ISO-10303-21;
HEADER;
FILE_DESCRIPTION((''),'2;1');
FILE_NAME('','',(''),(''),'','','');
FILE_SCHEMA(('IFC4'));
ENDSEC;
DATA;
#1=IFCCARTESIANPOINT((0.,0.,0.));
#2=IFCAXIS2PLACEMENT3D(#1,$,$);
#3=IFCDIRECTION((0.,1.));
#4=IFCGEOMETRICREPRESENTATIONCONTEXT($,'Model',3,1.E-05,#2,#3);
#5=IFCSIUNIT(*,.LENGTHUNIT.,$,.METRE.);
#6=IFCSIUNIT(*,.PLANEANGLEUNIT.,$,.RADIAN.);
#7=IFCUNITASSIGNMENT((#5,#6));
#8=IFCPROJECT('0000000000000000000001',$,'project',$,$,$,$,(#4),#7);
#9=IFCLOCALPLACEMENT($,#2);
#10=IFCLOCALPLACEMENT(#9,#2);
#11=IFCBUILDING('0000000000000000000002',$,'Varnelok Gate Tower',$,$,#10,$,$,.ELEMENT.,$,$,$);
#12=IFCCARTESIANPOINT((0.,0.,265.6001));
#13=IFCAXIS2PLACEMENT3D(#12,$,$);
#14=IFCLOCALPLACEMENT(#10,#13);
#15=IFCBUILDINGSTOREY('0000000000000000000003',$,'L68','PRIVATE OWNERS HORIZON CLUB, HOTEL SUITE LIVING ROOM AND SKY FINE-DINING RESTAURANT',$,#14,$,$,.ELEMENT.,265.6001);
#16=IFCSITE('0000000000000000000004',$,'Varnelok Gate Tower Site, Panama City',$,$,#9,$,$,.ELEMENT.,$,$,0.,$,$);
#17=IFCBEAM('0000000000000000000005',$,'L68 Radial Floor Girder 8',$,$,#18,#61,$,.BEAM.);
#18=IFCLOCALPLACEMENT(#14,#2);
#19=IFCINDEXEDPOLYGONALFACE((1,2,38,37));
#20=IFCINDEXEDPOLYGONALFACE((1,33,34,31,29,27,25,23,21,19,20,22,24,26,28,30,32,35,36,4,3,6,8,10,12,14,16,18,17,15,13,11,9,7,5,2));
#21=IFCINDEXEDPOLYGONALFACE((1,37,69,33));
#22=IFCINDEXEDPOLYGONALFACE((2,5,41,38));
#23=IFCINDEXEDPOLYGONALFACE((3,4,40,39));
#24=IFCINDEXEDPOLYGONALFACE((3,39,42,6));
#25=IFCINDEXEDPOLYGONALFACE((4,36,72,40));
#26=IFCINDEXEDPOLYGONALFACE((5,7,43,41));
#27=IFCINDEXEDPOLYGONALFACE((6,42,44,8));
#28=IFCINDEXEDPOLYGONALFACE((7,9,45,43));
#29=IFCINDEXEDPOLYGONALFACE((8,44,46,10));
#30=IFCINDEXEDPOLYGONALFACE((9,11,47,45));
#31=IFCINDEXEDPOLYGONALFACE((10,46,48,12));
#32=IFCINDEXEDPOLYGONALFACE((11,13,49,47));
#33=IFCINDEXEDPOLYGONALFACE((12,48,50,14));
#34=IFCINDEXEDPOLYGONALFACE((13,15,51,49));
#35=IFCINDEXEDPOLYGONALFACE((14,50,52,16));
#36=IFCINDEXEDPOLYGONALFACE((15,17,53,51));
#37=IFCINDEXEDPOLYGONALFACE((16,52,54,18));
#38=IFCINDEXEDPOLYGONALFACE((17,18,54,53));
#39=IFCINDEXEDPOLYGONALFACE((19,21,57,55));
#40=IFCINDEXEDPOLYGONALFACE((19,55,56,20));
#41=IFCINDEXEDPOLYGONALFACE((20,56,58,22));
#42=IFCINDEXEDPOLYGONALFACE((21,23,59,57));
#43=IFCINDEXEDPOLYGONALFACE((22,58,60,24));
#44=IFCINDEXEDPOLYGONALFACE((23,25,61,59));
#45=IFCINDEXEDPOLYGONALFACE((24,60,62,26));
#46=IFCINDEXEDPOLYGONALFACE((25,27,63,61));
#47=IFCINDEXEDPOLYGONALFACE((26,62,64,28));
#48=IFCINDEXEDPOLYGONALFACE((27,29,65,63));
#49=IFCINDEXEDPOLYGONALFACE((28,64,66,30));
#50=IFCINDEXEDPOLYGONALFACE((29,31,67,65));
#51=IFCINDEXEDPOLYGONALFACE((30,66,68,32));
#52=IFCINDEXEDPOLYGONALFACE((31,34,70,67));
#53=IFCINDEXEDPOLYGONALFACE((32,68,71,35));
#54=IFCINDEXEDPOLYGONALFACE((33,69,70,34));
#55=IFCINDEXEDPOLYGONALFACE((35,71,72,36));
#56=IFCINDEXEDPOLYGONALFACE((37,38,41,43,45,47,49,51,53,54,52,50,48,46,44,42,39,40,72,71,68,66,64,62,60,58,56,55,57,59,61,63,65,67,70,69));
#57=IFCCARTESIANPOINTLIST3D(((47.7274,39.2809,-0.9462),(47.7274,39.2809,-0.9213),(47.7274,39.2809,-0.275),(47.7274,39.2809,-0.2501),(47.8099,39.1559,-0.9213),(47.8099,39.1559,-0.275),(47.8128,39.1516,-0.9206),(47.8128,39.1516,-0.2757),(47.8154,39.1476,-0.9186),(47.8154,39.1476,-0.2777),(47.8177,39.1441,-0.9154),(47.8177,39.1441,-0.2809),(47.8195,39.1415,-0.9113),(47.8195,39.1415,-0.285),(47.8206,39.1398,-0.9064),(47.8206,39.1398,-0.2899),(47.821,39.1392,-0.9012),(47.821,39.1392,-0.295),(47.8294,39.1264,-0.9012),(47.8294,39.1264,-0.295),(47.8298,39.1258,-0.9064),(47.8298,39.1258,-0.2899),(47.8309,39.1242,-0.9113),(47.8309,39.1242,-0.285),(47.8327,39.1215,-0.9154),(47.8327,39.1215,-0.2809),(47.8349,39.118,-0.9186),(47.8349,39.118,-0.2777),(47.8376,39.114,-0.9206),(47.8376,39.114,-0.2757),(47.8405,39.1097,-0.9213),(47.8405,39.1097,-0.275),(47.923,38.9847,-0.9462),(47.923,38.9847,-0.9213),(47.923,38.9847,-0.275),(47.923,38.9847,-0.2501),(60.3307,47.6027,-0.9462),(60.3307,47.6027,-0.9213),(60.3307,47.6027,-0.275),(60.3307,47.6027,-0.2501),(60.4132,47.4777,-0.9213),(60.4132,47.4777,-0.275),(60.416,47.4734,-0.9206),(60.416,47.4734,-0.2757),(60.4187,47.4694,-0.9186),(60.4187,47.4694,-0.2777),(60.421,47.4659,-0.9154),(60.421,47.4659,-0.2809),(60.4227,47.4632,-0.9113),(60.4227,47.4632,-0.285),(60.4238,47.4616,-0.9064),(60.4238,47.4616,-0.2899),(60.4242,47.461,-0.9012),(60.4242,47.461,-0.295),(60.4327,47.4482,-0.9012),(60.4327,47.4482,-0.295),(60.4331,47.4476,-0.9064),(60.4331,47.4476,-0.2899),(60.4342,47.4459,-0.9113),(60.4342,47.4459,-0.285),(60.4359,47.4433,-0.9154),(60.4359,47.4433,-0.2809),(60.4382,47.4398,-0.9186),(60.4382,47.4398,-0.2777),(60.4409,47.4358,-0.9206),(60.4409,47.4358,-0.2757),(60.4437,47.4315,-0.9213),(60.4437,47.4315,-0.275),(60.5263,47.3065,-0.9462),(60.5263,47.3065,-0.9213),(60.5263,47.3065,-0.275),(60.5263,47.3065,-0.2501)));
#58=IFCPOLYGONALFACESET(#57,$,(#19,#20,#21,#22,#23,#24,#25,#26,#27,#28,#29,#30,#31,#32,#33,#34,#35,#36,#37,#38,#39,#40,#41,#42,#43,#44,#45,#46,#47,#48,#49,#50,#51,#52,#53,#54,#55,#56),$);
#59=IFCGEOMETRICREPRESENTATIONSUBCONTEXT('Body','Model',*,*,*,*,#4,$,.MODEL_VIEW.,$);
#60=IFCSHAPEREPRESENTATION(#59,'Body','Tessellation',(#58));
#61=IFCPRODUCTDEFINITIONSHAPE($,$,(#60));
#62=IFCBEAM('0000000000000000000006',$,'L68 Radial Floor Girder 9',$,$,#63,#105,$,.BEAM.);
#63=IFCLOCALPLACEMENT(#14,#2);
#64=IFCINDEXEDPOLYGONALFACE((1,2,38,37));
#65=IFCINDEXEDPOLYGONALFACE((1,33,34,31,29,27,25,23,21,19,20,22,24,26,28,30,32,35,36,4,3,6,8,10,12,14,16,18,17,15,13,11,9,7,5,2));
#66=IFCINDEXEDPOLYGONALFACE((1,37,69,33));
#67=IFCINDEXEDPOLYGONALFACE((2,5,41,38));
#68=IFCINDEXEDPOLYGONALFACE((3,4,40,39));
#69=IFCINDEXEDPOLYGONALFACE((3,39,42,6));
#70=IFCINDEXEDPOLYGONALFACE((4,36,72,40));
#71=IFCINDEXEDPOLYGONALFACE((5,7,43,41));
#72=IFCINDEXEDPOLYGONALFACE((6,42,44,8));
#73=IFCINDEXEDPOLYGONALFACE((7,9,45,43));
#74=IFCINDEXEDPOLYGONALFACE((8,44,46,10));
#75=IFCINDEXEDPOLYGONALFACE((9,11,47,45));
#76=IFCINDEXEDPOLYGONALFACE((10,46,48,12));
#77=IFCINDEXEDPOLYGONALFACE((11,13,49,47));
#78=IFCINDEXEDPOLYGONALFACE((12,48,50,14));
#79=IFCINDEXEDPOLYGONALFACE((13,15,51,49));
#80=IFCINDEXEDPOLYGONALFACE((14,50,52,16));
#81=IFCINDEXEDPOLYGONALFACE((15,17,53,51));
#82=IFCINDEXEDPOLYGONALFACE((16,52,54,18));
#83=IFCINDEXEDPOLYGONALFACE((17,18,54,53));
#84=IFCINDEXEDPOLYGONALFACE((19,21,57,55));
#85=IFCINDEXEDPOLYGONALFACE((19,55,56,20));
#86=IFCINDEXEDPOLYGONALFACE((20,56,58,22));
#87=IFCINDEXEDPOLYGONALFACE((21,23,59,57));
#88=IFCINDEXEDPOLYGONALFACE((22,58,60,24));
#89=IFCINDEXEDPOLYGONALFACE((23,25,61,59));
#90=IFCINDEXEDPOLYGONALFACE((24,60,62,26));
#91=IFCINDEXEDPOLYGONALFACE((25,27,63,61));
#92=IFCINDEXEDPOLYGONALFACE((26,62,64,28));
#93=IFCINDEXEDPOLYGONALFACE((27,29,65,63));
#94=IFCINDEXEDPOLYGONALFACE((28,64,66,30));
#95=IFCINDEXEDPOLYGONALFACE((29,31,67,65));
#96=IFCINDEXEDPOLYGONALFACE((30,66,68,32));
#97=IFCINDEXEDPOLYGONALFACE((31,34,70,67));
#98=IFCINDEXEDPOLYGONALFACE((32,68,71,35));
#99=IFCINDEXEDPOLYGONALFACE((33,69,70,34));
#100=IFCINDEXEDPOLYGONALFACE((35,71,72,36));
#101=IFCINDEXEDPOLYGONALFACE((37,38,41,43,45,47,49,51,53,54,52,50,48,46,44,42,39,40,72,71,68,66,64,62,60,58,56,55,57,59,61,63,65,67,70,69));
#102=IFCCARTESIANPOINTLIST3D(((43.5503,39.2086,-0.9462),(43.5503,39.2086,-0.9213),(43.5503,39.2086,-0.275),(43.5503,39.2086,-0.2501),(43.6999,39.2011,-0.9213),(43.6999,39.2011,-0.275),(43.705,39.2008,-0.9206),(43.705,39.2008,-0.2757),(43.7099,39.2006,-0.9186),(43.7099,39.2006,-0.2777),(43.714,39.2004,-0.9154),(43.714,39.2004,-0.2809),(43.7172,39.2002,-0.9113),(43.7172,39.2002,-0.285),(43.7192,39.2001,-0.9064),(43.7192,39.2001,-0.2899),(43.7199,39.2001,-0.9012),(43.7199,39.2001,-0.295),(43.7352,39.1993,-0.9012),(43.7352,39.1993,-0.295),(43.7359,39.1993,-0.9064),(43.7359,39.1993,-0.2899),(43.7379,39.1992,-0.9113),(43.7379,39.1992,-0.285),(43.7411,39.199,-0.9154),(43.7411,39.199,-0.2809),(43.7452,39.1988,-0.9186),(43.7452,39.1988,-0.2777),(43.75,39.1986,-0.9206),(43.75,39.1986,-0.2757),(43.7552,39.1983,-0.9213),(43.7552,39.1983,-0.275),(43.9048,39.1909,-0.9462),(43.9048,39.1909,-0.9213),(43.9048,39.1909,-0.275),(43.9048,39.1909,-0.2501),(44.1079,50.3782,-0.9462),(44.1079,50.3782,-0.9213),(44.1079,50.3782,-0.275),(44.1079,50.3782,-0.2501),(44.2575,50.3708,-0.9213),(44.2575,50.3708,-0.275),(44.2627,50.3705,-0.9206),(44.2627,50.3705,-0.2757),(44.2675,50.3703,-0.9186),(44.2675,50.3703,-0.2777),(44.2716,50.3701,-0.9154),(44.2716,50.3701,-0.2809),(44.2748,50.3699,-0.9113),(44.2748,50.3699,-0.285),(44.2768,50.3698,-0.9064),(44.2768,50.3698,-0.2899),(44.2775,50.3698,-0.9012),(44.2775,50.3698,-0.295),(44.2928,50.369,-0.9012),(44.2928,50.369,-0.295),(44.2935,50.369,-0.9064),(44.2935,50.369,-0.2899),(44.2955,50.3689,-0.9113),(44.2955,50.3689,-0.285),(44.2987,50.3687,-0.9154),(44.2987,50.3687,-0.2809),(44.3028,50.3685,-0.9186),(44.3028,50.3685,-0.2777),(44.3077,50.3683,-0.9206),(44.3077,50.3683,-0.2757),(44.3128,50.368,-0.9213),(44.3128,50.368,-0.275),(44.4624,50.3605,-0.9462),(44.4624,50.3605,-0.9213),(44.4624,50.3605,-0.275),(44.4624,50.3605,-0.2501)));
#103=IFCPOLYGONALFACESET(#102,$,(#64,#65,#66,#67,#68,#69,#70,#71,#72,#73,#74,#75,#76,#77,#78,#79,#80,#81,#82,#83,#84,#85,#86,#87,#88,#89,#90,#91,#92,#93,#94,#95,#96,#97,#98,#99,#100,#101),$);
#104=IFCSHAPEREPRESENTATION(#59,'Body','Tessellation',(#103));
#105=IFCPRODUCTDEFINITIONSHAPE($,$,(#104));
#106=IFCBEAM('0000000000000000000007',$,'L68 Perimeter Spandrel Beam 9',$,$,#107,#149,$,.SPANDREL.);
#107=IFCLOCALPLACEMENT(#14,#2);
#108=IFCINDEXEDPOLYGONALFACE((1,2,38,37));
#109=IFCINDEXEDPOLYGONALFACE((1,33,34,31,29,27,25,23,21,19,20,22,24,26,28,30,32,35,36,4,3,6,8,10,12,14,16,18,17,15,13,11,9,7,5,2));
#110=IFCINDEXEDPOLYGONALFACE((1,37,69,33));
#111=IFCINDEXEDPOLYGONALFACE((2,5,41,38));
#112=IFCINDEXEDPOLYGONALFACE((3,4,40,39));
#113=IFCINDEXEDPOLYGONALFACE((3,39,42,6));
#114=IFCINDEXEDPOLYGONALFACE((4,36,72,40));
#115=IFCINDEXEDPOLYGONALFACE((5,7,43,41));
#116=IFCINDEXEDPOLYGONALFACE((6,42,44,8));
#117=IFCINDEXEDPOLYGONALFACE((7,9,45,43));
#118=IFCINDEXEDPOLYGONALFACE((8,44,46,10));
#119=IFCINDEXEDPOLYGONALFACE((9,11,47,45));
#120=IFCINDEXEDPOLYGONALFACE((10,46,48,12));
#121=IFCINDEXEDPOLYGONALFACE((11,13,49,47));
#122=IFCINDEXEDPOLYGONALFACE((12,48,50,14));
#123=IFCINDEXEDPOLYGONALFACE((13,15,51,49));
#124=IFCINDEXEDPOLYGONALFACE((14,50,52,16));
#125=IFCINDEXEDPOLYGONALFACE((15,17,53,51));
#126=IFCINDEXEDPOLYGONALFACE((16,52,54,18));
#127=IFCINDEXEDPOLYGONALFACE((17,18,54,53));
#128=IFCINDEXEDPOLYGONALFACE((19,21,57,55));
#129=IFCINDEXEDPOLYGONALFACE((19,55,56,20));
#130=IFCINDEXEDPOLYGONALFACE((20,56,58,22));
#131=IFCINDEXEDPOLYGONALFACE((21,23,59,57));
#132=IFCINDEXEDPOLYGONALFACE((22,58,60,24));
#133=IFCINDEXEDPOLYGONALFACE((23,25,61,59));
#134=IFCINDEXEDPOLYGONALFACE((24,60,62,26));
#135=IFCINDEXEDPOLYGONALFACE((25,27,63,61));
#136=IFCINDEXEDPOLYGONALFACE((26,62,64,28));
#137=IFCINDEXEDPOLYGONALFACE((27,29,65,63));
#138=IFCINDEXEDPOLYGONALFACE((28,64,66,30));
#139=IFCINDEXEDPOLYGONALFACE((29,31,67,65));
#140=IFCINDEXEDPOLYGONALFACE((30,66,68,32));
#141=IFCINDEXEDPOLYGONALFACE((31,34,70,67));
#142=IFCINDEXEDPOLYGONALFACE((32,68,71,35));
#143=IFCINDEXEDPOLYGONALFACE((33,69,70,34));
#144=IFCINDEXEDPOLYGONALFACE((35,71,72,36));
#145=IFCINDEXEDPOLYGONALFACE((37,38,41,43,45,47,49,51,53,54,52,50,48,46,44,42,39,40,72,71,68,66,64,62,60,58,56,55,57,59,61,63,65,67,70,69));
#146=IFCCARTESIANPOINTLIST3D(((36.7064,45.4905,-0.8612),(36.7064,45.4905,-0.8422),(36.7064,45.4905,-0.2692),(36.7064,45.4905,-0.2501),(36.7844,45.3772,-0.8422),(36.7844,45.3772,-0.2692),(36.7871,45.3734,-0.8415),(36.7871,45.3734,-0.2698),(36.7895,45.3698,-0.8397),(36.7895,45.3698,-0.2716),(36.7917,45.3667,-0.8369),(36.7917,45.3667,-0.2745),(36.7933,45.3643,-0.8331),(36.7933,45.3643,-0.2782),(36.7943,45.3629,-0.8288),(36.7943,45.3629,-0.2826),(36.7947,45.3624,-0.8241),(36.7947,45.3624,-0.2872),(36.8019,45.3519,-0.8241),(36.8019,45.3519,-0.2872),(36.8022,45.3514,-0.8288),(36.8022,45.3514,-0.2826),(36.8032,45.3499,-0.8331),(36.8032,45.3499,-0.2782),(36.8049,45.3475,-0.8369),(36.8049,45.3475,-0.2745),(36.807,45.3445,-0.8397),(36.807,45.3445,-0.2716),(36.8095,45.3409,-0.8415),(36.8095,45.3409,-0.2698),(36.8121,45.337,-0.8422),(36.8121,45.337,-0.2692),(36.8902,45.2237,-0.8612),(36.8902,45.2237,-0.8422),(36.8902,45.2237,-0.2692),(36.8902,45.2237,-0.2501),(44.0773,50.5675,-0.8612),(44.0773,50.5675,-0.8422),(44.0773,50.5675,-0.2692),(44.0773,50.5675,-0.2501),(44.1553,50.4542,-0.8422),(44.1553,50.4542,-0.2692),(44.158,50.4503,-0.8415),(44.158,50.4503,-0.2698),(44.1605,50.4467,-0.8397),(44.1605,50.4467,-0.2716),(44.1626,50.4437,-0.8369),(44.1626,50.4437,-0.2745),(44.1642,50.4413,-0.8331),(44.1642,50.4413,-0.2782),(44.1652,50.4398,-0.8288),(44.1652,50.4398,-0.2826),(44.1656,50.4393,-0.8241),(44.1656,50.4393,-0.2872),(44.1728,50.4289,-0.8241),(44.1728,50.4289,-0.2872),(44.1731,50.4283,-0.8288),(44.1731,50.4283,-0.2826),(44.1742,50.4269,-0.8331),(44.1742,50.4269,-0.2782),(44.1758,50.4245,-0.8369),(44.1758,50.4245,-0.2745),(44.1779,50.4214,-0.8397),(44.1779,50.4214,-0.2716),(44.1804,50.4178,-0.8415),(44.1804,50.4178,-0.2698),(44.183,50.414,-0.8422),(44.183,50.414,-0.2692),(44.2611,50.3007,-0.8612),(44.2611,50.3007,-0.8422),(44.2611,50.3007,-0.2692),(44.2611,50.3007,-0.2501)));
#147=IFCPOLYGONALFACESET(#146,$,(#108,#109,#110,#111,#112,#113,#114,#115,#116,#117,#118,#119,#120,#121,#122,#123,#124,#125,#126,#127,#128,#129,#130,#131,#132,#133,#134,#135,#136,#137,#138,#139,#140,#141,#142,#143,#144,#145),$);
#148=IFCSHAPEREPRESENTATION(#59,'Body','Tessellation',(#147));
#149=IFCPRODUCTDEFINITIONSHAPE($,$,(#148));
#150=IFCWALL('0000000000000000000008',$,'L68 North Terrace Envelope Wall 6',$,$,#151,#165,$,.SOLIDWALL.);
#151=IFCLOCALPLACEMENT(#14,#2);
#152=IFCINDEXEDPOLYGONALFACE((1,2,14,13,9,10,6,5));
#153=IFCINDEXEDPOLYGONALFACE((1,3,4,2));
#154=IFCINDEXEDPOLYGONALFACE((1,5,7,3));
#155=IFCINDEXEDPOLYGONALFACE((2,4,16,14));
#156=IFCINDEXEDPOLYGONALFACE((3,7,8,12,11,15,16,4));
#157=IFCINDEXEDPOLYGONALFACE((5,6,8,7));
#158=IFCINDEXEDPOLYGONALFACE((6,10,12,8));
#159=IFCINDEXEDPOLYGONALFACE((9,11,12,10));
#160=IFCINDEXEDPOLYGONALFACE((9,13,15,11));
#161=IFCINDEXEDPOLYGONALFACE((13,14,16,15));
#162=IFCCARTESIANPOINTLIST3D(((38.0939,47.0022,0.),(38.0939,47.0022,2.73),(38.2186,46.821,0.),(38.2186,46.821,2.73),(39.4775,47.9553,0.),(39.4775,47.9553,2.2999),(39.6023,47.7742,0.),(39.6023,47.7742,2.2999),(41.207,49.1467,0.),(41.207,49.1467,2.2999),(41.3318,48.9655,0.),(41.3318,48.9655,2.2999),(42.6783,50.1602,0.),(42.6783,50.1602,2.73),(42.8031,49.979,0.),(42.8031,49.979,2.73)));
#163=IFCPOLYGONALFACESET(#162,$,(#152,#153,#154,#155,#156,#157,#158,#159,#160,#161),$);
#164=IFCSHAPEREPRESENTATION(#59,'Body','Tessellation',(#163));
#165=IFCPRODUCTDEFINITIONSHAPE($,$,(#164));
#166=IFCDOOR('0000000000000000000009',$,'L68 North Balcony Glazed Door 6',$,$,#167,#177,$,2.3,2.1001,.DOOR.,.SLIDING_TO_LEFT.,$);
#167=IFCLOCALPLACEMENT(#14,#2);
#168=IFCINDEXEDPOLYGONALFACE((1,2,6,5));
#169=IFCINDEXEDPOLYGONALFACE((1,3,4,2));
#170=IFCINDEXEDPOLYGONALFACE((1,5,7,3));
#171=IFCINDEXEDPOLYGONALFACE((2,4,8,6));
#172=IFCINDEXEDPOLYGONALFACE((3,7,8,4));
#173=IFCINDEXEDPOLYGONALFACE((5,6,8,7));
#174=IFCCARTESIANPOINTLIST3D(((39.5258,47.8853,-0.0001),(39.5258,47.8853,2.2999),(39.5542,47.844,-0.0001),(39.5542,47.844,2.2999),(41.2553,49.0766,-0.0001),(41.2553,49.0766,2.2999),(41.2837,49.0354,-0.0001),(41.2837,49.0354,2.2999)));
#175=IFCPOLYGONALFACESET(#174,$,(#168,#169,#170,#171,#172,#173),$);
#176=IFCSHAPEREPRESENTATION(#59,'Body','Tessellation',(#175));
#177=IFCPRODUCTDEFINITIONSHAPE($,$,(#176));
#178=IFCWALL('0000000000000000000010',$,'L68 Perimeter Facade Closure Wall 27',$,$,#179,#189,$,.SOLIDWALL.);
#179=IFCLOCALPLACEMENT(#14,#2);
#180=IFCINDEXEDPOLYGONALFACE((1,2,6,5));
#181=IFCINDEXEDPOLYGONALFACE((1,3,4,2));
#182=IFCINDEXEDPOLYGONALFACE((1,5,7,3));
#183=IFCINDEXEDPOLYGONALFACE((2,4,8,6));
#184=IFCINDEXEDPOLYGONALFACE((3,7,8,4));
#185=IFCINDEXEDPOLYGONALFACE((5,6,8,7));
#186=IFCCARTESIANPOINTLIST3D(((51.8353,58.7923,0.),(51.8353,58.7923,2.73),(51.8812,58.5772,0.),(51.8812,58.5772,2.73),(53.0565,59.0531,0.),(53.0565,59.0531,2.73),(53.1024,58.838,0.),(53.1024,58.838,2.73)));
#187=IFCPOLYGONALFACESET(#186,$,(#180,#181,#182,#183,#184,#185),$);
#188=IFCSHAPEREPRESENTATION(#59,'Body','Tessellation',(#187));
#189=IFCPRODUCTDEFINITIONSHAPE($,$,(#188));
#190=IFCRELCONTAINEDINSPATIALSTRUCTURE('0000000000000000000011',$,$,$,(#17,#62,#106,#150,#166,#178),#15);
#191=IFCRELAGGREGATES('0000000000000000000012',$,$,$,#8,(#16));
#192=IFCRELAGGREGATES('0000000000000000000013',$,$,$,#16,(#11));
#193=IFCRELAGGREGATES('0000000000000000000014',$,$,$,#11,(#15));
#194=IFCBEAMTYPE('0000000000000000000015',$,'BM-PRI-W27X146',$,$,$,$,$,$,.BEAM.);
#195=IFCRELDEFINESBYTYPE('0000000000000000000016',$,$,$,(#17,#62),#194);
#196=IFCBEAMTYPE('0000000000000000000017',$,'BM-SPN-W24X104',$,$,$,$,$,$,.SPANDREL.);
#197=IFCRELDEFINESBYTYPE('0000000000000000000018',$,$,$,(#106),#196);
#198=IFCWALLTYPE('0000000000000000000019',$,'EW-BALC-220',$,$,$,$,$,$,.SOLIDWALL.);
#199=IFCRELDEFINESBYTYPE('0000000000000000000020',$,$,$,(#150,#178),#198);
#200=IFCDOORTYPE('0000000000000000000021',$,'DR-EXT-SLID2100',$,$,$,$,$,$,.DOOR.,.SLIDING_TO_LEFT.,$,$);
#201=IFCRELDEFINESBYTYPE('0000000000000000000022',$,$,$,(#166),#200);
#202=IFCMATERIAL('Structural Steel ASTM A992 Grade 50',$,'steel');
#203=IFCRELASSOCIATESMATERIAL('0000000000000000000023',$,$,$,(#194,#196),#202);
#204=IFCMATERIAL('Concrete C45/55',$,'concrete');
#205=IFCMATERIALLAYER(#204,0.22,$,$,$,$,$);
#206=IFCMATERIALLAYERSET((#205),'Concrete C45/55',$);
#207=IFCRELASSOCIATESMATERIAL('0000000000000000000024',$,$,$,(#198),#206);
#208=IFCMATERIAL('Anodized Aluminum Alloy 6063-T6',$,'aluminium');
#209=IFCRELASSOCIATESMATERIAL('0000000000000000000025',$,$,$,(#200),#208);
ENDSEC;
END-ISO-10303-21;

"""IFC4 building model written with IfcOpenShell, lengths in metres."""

from ifc_helpers import new_model, si_unit, direction, frame, frame_2d, origin, origin_2d, place, context, subcontext, project, spatial, rectangle, i_section, extrude, material, layer, layer_set, material_profile, profile_set, type_object, element, fill, save


model = new_model("IFC4")

# Units and contexts
model_context = context("Model", 3, precision=1e-05, world=origin(), true_north=direction((0.0, 1.0)))
body_context = subcontext(model_context, "Body", "Model", "MODEL_VIEW")
ifc_project = project(units=[si_unit("LENGTHUNIT", "METRE"), si_unit("PLANEANGLEUNIT", "RADIAN")], contexts=[model_context])

# Site, building, storey
site_placement = place(None, origin())
site = spatial("IfcSite", under=ifc_project, at=site_placement, Name="Varnelok Gate Tower Site, Panama City", CompositionType="ELEMENT", RefElevation=0.0)
building_placement = place(site_placement, origin())
building = spatial("IfcBuilding", under=site, at=building_placement, Name="Varnelok Gate Tower", CompositionType="ELEMENT")
storey_placement = place(building_placement, frame((0.0, 0.0, 265.6001)))
storey = spatial("IfcBuildingStorey", under=building, at=storey_placement, Name="L68", Description="PRIVATE OWNERS HORIZON CLUB, HOTEL SUITE LIVING ROOM AND SKY FINE-DINING RESTAURANT", CompositionType="ELEMENT", Elevation=265.6001)

# Shared definitions
ifc_material_1 = material(Name="Structural Steel ASTM A992 Grade 50", Category="steel")

# Beams
ifc_material_profile_1 = material_profile(ifc_material_1, i_section(OverallWidth=0.355, OverallDepth=0.696, WebThickness=0.0154, FlangeThickness=0.0249, FilletRadius=0.02, at=origin_2d()), Name="W27X146")
ifc_profile_set_1 = profile_set([ifc_material_profile_1], Name="Structural Steel ASTM A992 Grade 50")
beam_type_1 = type_object("IfcBeamType", Name="BM-PRI-W27X146", PredefinedType="BEAM", material=ifc_profile_set_1)
beam_1_placement = place(storey_placement, frame((47.8252, 39.1328, -0.5981), z_axis=(0.834499, 0.551009, 0.0), x_axis=(-0.551009, 0.834499, 0.0)))
element("IfcBeam", 1, at=beam_1_placement, inside=storey, type_object=beam_type_1, Name="L68 Radial Floor Girder 8", PredefinedType="BEAM", context=body_context, shape_type="SweptSolid", body=[
    extrude(i_section(OverallWidth=0.355, OverallDepth=0.696, WebThickness=0.0154, FlangeThickness=0.0249, FilletRadius=0.02, at=origin_2d()), origin(), (0.0, 0.0, 1.0), 15.1028),
])
beam_2_placement = place(storey_placement, frame((43.7275, 39.1997, -0.5981), z_axis=(0.04986, 0.998756, 0.0), x_axis=(-0.998756, 0.04986, 0.0)))
element("IfcBeam", 2, at=beam_2_placement, inside=storey, type_object=beam_type_1, Name="L68 Radial Floor Girder 9", PredefinedType="BEAM", context=body_context, shape_type="SweptSolid", body=[
    extrude(i_section(OverallWidth=0.355, OverallDepth=0.696, WebThickness=0.0154, FlangeThickness=0.0249, FilletRadius=0.02, at=origin_2d()), origin(), (0.0, 0.0, 1.0), 11.1836),
])
ifc_material_profile_2 = material_profile(ifc_material_1, i_section(OverallWidth=0.324, OverallDepth=0.6111, WebThickness=0.0127, FlangeThickness=0.019, FilletRadius=0.0181, at=origin_2d()), Name="W24X104")
ifc_profile_set_2 = profile_set([ifc_material_profile_2], Name="Structural Steel ASTM A992 Grade 50")
beam_type_2 = type_object("IfcBeamType", Name="BM-SPN-W24X104", PredefinedType="SPANDREL", material=ifc_profile_set_2)
beam_3_placement = place(storey_placement, frame((44.1692, 50.4341, -0.5557), z_axis=(-0.823549, -0.567245, 0.0), x_axis=(0.567245, -0.823549, 0.0)))
element("IfcBeam", 3, at=beam_3_placement, inside=storey, type_object=beam_type_2, Name="L68 Perimeter Spandrel Beam 9", PredefinedType="SPANDREL", context=body_context, shape_type="SweptSolid", body=[
    extrude(i_section(OverallWidth=0.324, OverallDepth=0.6111, WebThickness=0.0127, FlangeThickness=0.019, FilletRadius=0.0181, at=origin_2d()), origin(), (0.0, 0.0, 1.0), 8.9502),
])

# Wall, opening, door
ifc_material_2 = material(Name="Concrete C45/55", Category="concrete")
ifc_layer_1 = layer(ifc_material_2, 0.22)
ifc_layer_set_1 = layer_set([ifc_layer_1], Name="Concrete C45/55")
wall_type_1 = type_object("IfcWallType", Name="EW-BALC-220", PredefinedType="SOLIDWALL", material=ifc_layer_set_1)
wall_1_placement = place(storey_placement, frame((38.1562, 46.9116, 0.0), z_axis=(0.0, 0.0, 1.0), x_axis=(0.823527, 0.567277, 0.0)))
wall_1 = element("IfcWall", 4, at=wall_1_placement, inside=storey, type_object=wall_type_1, Name="L68 North Terrace Envelope Wall 6", PredefinedType="SOLIDWALL", context=body_context, shape_type="SweptSolid", body=[
    extrude(rectangle(XDim=5.5669, YDim=0.22, at=frame_2d((2.7834, 0.0))), origin(), (0.0, 0.0, 1.0), 2.73),
])
opening_1_placement = place(wall_1_placement, frame((1.6802, 0.0, 0.0)))
opening_1 = element("IfcOpeningElement", 5, at=opening_1_placement, cuts=wall_1, PredefinedType="OPENING", context=body_context, shape_type="SweptSolid", body=[
    extrude(rectangle(XDim=2.1001, YDim=2.3, at=frame_2d((1.05, 1.1499))), frame((0.0, 0.1199, 0.0), z_axis=(0.0, -1.0, 0.0), x_axis=(1.0, 0.0, 0.0)), (0.0, 0.0, 1.0), 0.24),
])
ifc_material_3 = material(Name="Anodized Aluminum Alloy 6063-T6", Category="aluminium")
door_type_1 = type_object("IfcDoorType", Name="DR-EXT-SLID2100", OperationType="SLIDING_TO_LEFT", PredefinedType="DOOR", material=ifc_material_3)
door_1_placement = place(opening_1_placement, origin())
door_1 = element("IfcDoor", 6, at=door_1_placement, inside=storey, type_object=door_type_1, Name="L68 North Balcony Glazed Door 6", OperationType="SLIDING_TO_LEFT", OverallHeight=2.3, OverallWidth=2.1001, PredefinedType="DOOR", context=body_context, shape_type="SweptSolid", body=[
    extrude(rectangle(XDim=2.1001, YDim=2.3, at=frame_2d((1.05, 1.1499))), frame((0.0, 0.0249, 0.0), z_axis=(0.0, -1.0, 0.0), x_axis=(1.0, 0.0, 0.0)), (0.0, 0.0, 1.0), 0.05),
])
fill(opening_1, door_1)

# Wall
wall_2_placement = place(storey_placement, frame((53.0796, 58.9456, 0.0), z_axis=(0.0, 0.0, 1.0), x_axis=(-0.977957, -0.208808, 0.0)))
element("IfcWall", 7, at=wall_2_placement, inside=storey, type_object=wall_type_1, Name="L68 Perimeter Facade Closure Wall 27", PredefinedType="SOLIDWALL", context=body_context, shape_type="SweptSolid", body=[
    extrude(rectangle(XDim=1.2488, YDim=0.22, at=frame_2d((0.6245, 0.0))), origin(), (0.0, 0.0, 1.0), 2.73),
])

save(model, "model.ifc")
